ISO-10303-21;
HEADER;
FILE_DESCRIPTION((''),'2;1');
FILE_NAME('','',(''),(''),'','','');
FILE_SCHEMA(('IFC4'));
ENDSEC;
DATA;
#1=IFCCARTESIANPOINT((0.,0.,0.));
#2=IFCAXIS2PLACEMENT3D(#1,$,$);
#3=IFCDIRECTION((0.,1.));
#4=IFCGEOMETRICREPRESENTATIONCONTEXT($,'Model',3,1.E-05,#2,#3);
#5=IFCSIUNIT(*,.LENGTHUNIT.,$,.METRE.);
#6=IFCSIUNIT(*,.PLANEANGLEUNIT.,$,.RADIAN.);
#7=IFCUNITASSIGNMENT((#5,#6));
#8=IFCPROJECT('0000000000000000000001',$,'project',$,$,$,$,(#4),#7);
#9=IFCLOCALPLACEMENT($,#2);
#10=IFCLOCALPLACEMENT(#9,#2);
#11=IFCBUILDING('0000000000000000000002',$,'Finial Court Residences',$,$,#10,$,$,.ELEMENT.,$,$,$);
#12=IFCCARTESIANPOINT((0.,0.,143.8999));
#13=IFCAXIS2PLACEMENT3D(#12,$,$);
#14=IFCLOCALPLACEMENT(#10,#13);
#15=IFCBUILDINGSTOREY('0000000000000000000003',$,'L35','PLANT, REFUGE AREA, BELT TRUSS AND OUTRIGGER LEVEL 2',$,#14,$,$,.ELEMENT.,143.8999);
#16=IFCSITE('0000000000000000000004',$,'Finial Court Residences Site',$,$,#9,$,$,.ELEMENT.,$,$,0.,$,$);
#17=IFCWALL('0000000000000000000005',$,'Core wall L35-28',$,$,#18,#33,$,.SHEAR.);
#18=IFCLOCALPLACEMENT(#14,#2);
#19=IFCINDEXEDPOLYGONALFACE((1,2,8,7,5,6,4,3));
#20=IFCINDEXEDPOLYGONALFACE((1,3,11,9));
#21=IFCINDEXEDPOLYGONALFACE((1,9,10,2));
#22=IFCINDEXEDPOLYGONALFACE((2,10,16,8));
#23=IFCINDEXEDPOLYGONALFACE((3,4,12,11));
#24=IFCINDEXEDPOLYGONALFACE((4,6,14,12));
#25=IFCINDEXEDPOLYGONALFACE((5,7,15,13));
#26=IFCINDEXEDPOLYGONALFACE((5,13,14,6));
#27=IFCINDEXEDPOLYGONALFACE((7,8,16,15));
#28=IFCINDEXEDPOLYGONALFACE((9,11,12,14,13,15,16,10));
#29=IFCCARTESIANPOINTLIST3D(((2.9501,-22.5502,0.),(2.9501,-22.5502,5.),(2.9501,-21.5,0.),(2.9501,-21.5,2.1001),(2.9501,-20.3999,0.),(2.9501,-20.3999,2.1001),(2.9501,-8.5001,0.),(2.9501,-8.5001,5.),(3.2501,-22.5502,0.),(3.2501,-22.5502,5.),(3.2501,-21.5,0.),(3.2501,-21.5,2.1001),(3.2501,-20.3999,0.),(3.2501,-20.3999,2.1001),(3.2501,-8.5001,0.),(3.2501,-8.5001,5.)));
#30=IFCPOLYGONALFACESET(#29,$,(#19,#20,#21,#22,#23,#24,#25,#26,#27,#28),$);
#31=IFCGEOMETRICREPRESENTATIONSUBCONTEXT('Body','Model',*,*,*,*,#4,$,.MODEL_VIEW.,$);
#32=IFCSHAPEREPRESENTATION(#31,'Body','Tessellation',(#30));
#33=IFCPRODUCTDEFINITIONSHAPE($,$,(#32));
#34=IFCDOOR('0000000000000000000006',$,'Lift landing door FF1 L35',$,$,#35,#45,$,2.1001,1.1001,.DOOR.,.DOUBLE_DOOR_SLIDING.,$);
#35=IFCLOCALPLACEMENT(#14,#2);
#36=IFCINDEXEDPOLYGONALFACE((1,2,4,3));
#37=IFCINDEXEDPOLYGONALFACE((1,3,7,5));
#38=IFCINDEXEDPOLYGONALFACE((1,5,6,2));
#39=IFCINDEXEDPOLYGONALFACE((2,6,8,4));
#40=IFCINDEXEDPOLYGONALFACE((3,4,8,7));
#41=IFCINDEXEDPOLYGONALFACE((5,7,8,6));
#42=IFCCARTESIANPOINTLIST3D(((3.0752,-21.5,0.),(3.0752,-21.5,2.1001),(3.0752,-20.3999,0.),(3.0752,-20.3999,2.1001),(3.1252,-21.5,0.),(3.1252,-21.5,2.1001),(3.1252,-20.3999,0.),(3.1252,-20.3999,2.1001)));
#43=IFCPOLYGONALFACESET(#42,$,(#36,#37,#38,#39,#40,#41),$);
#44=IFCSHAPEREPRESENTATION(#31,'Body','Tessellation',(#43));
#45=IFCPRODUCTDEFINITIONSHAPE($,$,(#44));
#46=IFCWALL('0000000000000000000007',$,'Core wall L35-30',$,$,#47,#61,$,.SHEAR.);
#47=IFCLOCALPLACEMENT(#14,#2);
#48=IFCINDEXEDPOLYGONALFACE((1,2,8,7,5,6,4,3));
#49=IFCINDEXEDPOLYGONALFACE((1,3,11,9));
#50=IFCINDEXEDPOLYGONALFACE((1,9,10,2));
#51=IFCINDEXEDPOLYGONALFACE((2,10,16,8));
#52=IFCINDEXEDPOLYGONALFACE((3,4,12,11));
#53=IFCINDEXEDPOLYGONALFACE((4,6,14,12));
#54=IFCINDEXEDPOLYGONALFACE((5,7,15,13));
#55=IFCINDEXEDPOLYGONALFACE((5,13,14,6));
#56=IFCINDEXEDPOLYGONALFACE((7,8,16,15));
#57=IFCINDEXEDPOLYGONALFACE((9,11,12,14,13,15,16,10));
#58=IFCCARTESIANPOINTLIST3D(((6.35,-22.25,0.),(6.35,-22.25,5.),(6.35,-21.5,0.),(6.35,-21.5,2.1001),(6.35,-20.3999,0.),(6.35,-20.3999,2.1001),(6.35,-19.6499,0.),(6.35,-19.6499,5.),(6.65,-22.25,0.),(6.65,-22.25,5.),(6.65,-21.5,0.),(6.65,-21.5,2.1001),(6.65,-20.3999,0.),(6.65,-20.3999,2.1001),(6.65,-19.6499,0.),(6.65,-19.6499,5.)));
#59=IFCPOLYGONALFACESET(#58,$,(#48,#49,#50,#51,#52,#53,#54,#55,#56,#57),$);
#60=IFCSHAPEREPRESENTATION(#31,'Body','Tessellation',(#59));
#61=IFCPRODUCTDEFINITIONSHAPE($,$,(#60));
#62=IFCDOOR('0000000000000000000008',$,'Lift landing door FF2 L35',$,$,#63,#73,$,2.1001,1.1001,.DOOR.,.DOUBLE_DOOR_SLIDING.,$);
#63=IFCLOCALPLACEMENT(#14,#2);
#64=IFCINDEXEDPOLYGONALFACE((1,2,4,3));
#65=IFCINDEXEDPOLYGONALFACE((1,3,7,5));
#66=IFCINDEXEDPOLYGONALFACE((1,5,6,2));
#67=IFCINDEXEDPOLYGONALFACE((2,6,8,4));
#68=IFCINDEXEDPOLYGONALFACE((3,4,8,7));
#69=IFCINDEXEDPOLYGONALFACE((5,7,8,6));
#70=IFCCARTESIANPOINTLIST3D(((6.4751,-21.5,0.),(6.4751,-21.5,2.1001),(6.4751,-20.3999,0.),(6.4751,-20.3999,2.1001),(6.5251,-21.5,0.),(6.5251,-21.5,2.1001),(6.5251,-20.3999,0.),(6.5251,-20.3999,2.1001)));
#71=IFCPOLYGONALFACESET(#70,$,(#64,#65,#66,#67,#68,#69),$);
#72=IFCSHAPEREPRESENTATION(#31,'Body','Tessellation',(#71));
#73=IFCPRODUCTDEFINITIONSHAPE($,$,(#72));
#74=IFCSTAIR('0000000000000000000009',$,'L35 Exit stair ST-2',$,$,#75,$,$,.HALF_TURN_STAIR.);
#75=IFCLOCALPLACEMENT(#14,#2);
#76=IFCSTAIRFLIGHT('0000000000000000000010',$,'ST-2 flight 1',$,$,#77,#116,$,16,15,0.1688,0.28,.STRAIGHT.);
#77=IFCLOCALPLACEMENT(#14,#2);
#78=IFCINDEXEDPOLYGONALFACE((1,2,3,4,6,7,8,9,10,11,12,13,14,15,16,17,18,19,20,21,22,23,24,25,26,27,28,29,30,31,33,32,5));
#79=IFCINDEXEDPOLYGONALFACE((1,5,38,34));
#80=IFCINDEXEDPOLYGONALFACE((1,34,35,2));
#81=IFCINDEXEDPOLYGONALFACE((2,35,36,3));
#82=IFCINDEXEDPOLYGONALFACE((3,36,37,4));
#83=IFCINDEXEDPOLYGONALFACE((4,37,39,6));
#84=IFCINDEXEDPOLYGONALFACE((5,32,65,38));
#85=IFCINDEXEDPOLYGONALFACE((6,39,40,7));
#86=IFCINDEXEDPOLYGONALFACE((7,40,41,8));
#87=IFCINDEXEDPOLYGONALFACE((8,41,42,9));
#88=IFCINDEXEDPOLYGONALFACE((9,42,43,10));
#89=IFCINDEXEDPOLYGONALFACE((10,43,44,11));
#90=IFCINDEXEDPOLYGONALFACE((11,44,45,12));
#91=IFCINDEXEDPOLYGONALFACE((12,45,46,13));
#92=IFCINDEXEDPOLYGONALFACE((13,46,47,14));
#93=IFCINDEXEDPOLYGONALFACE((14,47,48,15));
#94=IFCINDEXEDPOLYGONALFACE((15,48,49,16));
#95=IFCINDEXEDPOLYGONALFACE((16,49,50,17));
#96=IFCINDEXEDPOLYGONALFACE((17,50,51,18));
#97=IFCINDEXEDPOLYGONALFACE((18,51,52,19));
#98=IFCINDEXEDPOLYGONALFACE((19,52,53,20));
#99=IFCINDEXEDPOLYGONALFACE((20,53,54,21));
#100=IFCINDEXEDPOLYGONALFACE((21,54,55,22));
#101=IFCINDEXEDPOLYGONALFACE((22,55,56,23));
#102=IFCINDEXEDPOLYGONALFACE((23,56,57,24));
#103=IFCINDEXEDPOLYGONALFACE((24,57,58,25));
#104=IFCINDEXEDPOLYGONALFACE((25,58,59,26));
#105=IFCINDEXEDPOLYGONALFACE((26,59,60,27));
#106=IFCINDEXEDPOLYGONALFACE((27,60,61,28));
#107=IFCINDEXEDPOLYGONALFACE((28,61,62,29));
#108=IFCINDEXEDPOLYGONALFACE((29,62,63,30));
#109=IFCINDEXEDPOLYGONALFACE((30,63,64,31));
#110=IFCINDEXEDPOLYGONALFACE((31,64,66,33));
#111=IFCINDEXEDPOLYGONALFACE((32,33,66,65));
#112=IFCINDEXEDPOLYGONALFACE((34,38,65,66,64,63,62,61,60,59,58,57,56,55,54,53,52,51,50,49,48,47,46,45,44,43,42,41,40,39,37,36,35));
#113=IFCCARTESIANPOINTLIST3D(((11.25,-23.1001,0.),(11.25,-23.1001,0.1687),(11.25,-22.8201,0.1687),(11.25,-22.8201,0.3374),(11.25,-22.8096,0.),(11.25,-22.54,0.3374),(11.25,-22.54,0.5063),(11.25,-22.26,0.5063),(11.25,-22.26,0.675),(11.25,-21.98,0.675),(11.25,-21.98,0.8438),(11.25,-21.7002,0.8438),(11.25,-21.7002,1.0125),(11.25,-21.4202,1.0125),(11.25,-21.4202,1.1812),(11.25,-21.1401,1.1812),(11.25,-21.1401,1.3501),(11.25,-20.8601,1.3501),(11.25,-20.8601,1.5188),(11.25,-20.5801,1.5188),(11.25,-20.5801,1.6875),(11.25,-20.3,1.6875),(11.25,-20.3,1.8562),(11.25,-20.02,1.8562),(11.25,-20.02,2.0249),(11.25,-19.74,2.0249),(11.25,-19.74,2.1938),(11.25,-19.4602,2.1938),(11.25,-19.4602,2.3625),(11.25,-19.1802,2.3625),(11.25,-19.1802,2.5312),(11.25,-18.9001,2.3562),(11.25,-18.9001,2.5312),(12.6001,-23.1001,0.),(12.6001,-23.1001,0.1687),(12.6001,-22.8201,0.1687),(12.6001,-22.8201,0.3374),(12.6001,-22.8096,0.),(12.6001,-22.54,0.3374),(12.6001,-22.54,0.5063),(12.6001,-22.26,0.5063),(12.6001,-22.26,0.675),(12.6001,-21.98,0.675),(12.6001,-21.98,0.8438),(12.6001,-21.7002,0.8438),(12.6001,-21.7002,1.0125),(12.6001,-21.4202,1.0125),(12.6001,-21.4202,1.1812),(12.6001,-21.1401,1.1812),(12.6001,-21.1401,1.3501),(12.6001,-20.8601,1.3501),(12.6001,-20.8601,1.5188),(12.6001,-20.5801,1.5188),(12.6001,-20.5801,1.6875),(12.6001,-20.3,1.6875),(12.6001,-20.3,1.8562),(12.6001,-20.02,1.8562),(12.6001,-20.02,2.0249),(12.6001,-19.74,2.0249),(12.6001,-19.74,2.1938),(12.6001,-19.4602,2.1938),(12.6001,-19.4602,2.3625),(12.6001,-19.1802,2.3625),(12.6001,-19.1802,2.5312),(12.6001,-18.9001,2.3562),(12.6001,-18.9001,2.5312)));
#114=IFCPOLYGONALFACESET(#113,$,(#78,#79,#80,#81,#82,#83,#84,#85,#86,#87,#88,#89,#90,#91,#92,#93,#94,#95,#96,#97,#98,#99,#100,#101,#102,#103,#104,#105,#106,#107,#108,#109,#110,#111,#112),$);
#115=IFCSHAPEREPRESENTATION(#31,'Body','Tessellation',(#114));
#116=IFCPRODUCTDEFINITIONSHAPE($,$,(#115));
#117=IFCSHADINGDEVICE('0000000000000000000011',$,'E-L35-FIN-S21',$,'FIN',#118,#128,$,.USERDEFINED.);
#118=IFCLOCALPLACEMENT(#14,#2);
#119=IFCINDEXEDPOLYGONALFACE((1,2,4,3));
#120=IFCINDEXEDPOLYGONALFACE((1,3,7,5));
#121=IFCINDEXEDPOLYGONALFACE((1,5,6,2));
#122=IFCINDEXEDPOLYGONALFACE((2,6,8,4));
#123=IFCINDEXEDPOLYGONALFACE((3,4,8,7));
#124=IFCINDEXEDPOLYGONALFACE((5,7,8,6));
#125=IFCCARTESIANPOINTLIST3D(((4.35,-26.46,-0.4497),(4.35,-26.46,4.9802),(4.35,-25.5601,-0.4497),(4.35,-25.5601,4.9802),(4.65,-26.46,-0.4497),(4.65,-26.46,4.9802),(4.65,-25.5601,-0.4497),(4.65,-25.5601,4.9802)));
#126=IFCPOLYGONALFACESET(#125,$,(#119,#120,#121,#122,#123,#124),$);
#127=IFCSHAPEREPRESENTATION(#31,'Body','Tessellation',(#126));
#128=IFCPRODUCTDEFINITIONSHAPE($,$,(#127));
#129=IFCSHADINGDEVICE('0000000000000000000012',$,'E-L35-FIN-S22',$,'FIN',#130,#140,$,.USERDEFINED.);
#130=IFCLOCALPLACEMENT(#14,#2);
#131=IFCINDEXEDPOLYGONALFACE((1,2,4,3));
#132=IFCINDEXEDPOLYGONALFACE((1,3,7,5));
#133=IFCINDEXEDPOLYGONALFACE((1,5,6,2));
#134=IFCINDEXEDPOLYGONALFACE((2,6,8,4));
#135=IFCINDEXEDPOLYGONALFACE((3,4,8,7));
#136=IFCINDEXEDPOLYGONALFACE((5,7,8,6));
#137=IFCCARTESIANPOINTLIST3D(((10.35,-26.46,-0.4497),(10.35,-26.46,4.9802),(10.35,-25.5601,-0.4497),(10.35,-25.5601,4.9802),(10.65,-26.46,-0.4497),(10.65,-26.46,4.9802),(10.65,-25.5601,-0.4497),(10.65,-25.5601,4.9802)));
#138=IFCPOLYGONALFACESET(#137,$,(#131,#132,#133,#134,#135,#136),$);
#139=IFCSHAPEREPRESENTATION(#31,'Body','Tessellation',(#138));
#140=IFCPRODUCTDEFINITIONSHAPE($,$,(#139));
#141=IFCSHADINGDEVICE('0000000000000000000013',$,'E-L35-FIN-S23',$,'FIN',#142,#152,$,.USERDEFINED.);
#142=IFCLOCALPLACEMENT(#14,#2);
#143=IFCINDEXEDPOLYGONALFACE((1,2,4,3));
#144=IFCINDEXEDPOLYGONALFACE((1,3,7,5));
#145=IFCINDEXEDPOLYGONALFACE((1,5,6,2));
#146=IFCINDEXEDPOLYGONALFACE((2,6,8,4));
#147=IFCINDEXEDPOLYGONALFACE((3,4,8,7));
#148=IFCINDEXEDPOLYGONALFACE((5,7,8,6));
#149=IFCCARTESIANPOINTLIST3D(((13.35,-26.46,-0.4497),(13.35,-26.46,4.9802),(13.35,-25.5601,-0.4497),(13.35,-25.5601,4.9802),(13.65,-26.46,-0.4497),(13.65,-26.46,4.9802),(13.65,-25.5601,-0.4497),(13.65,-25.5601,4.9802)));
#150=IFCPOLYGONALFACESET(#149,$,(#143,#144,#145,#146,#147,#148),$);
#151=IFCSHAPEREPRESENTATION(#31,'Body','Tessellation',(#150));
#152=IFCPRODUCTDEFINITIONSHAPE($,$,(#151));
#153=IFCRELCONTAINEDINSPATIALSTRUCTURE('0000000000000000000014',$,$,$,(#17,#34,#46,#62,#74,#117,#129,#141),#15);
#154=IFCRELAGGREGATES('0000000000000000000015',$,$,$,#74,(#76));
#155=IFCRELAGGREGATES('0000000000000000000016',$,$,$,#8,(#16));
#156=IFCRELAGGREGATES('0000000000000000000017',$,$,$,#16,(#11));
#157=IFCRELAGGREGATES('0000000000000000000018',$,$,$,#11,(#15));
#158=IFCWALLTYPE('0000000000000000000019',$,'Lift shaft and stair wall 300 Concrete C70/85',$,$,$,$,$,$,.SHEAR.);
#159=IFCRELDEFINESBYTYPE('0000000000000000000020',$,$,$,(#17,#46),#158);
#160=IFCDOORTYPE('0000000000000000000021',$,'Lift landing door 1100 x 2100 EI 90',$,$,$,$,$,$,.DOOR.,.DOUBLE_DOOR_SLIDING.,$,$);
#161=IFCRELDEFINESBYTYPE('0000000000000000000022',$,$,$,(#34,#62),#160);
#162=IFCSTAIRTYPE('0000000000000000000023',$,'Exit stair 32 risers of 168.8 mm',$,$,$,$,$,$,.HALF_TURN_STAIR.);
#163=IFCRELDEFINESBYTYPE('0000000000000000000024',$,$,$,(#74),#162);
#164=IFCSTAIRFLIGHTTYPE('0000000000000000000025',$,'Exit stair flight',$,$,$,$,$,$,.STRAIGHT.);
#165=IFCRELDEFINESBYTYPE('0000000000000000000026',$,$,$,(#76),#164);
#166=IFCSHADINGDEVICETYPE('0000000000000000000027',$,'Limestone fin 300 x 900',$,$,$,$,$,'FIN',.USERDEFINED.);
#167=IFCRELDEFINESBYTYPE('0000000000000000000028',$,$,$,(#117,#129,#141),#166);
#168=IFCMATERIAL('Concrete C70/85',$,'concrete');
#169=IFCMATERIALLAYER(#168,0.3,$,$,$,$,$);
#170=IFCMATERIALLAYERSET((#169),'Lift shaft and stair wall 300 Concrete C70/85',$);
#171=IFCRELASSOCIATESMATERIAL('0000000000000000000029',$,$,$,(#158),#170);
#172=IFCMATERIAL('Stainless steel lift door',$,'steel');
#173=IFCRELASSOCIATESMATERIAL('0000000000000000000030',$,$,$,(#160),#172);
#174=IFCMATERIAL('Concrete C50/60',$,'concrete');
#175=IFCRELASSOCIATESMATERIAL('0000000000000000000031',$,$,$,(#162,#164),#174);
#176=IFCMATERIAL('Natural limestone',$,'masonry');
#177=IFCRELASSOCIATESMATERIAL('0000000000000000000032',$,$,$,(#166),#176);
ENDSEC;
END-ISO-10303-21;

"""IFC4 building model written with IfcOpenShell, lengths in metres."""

from ifc_helpers import new_model, si_unit, direction, frame, frame_2d, origin, origin_2d, place, context, subcontext, project, spatial, polyline, rectangle, outline, extrude, material, layer, layer_set, type_object, element, fill, aggregate, save


model = new_model("IFC4")

# Units and contexts
model_context = context("Model", 3, precision=1e-05, world=origin(), true_north=direction((0.0, 1.0)))
body_context = subcontext(model_context, "Body", "Model", "MODEL_VIEW")
ifc_project = project(units=[si_unit("LENGTHUNIT", "METRE"), si_unit("PLANEANGLEUNIT", "RADIAN")], contexts=[model_context])

# Site, building, storey
site_placement = place(None, origin())
site = spatial("IfcSite", under=ifc_project, at=site_placement, Name="Finial Court Residences Site", CompositionType="ELEMENT", RefElevation=0.0)
building_placement = place(site_placement, origin())
building = spatial("IfcBuilding", under=site, at=building_placement, Name="Finial Court Residences", CompositionType="ELEMENT")
storey_placement = place(building_placement, frame((0.0, 0.0, 143.8999)))
storey = spatial("IfcBuildingStorey", under=building, at=storey_placement, Name="L35", Description="PLANT, REFUGE AREA, BELT TRUSS AND OUTRIGGER LEVEL 2", CompositionType="ELEMENT", Elevation=143.8999)

# Shared definitions
ifc_material_1 = material(Name="Concrete C70/85", Category="concrete")

# Shared definitions
ifc_layer_1 = layer(ifc_material_1, 0.3)
ifc_layer_set_1 = layer_set([ifc_layer_1], Name="Lift shaft and stair wall 300 Concrete C70/85")
wall_type_1 = type_object("IfcWallType", Name="Lift shaft and stair wall 300 Concrete C70/85", PredefinedType="SHEAR", material=ifc_layer_set_1)

# Walls, openings, doors
wall_1_placement = place(storey_placement, frame((3.1001, -22.55, 0.0), z_axis=(0.0, 0.0, 1.0), x_axis=(0.0, 1.0, 0.0)))
wall_1 = element("IfcWall", 1, at=wall_1_placement, inside=storey, type_object=wall_type_1, Name="Core wall L35-28", PredefinedType="SHEAR", context=body_context, shape_type="SweptSolid", body=[
    extrude(rectangle(XDim=14.05, YDim=0.3, at=frame_2d((7.0249, 0.0))), origin(), (0.0, 0.0, 1.0), 5.0),
])
opening_1_placement = place(wall_1_placement, frame((1.05, 0.0, 0.0)))
opening_1 = element("IfcOpeningElement", 2, at=opening_1_placement, cuts=wall_1, PredefinedType="OPENING", context=body_context, shape_type="SweptSolid", body=[
    extrude(rectangle(XDim=1.1001, YDim=2.1001, at=frame_2d((0.55, 1.05))), frame((0.0, 0.1599, 0.0), z_axis=(0.0, -1.0, 0.0), x_axis=(1.0, 0.0, 0.0)), (0.0, 0.0, 1.0), 0.3201),
])
ifc_material_2 = material(Name="Stainless steel lift door", Category="steel")
door_type_1 = type_object("IfcDoorType", Name="Lift landing door 1100 x 2100 EI 90", OperationType="DOUBLE_DOOR_SLIDING", PredefinedType="DOOR", material=ifc_material_2)
door_1_placement = place(opening_1_placement, origin())
door_1 = element("IfcDoor", 3, at=door_1_placement, inside=storey, type_object=door_type_1, Name="Lift landing door FF1 L35", OperationType="DOUBLE_DOOR_SLIDING", OverallHeight=2.1001, OverallWidth=1.1001, PredefinedType="DOOR", context=body_context, shape_type="SweptSolid", body=[
    extrude(rectangle(XDim=1.1001, YDim=2.1001, at=frame_2d((0.55, 1.05))), frame((0.0, 0.0249, 0.0), z_axis=(0.0, -1.0, 0.0), x_axis=(1.0, 0.0, 0.0)), (0.0, 0.0, 1.0), 0.05),
])
fill(opening_1, door_1)
wall_2_placement = place(storey_placement, frame((6.5, -22.25, 0.0), z_axis=(0.0, 0.0, 1.0), x_axis=(0.0, 1.0, 0.0)))
wall_2 = element("IfcWall", 4, at=wall_2_placement, inside=storey, type_object=wall_type_1, Name="Core wall L35-30", PredefinedType="SHEAR", context=body_context, shape_type="SweptSolid", body=[
    extrude(rectangle(XDim=2.6001, YDim=0.3, at=frame_2d((1.3, 0.0))), origin(), (0.0, 0.0, 1.0), 5.0),
])
opening_2_placement = place(wall_2_placement, frame((0.75, 0.0, 0.0)))
opening_2 = element("IfcOpeningElement", 5, at=opening_2_placement, cuts=wall_2, PredefinedType="OPENING", context=body_context, shape_type="SweptSolid", body=[
    extrude(rectangle(XDim=1.1001, YDim=2.1001, at=frame_2d((0.55, 1.05))), frame((0.0, 0.1599, 0.0), z_axis=(0.0, -1.0, 0.0), x_axis=(1.0, 0.0, 0.0)), (0.0, 0.0, 1.0), 0.3201),
])
door_2_placement = place(opening_2_placement, origin())
door_2 = element("IfcDoor", 6, at=door_2_placement, inside=storey, type_object=door_type_1, Name="Lift landing door FF2 L35", OperationType="DOUBLE_DOOR_SLIDING", OverallHeight=2.1001, OverallWidth=1.1001, PredefinedType="DOOR", context=body_context, shape_type="SweptSolid", body=[
    extrude(rectangle(XDim=1.1001, YDim=2.1001, at=frame_2d((0.55, 1.05))), frame((0.0, 0.0249, 0.0), z_axis=(0.0, -1.0, 0.0), x_axis=(1.0, 0.0, 0.0)), (0.0, 0.0, 1.0), 0.05),
])
fill(opening_2, door_2)

# Stair, stair flight
ifc_material_3 = material(Name="Concrete C50/60", Category="concrete")
stair_type = type_object("IfcStairType", Name="Exit stair 32 risers of 168.8 mm", PredefinedType="HALF_TURN_STAIR", material=ifc_material_3)
stair_placement = place(storey_placement, origin())
stair = element("IfcStair", 7, at=stair_placement, inside=storey, type_object=stair_type, Name="L35 Exit stair ST-2", PredefinedType="HALF_TURN_STAIR")
stair_flight_type = type_object("IfcStairFlightType", Name="Exit stair flight", PredefinedType="STRAIGHT", material=ifc_material_3)
stair_flight_placement = place(storey_placement, frame((11.925, -23.1001, 0.0), z_axis=(0.0, 0.0, 1.0), x_axis=(0.0, 1.0, 0.0)))
stair_flight = element("IfcStairFlight", 8, at=stair_flight_placement, type_object=stair_flight_type, Name="ST-2 flight 1", NumberOfRisers=16, NumberOfTreads=15, PredefinedType="STRAIGHT", RiserHeight=0.1688, TreadLength=0.28, context=body_context, shape_type="SweptSolid", body=[
    extrude(outline(polyline([(0.0, 0.0), (0.0, 0.1687), (0.28, 0.1687), (0.28, 0.3374), (0.5601, 0.3374), (0.5601, 0.5063), (0.8401, 0.5063), (0.8401, 0.675), (1.1201, 0.675), (1.1201, 0.8438), (1.3999, 0.8438), (1.3999, 1.0125), (1.6799, 1.0125), (1.6799, 1.1812), (1.96, 1.1812), (1.96, 1.3501), (2.24, 1.3501), (2.24, 1.5188), (2.52, 1.5188), (2.52, 1.6875), (2.8, 1.6875), (2.8, 1.8562), (3.0801, 1.8562), (3.0801, 2.0249), (3.3601, 2.0249), (3.3601, 2.1938), (3.6399, 2.1938), (3.6399, 2.3625), (3.9199, 2.3625), (3.9199, 2.5312), (4.2, 2.5312), (4.2, 2.7), (4.2, 2.3562), (0.2905, 0.0), (0.0, 0.0)])), frame((0.0, 0.675, 0.0), z_axis=(0.0, -1.0, 0.0), x_axis=(1.0, 0.0, 0.0)), (0.0, 0.0, 1.0), 1.3501),
])
aggregate(stair, [stair_flight])

# Shading devices
ifc_material_4 = material(Name="Natural limestone", Category="masonry")
shading_device_type = type_object("IfcShadingDeviceType", Name="Limestone fin 300 x 900", ElementType="FIN", PredefinedType="USERDEFINED", material=ifc_material_4)
for number, where, z_axis, x_axis, name in (
    (9, (4.5, -26.01, -0.4497), (0.0, 0.0, 1.0), (1.0, 0.0, 0.0), "E-L35-FIN-S21"),
    (10, (10.5, -26.01, -0.4497), (0.0, 0.0, 1.0), (1.0, 0.0, 0.0), "E-L35-FIN-S22"),
    (11, (13.5, -26.01, -0.4497), (0.0, 0.0, 1.0), (1.0, 0.0, 0.0), "E-L35-FIN-S23"),
):
    element("IfcShadingDevice", number, at=place(storey_placement, frame(where, z_axis=z_axis, x_axis=x_axis)), inside=storey, type_object=shading_device_type, Name=name, ObjectType="FIN", PredefinedType="USERDEFINED", context=body_context, shape_type="SweptSolid", body=[
        extrude(rectangle(XDim=0.3, YDim=0.8999, at=origin_2d()), origin(), (0.0, 0.0, 1.0), 5.4299),
    ])

save(model, "model.ifc")
